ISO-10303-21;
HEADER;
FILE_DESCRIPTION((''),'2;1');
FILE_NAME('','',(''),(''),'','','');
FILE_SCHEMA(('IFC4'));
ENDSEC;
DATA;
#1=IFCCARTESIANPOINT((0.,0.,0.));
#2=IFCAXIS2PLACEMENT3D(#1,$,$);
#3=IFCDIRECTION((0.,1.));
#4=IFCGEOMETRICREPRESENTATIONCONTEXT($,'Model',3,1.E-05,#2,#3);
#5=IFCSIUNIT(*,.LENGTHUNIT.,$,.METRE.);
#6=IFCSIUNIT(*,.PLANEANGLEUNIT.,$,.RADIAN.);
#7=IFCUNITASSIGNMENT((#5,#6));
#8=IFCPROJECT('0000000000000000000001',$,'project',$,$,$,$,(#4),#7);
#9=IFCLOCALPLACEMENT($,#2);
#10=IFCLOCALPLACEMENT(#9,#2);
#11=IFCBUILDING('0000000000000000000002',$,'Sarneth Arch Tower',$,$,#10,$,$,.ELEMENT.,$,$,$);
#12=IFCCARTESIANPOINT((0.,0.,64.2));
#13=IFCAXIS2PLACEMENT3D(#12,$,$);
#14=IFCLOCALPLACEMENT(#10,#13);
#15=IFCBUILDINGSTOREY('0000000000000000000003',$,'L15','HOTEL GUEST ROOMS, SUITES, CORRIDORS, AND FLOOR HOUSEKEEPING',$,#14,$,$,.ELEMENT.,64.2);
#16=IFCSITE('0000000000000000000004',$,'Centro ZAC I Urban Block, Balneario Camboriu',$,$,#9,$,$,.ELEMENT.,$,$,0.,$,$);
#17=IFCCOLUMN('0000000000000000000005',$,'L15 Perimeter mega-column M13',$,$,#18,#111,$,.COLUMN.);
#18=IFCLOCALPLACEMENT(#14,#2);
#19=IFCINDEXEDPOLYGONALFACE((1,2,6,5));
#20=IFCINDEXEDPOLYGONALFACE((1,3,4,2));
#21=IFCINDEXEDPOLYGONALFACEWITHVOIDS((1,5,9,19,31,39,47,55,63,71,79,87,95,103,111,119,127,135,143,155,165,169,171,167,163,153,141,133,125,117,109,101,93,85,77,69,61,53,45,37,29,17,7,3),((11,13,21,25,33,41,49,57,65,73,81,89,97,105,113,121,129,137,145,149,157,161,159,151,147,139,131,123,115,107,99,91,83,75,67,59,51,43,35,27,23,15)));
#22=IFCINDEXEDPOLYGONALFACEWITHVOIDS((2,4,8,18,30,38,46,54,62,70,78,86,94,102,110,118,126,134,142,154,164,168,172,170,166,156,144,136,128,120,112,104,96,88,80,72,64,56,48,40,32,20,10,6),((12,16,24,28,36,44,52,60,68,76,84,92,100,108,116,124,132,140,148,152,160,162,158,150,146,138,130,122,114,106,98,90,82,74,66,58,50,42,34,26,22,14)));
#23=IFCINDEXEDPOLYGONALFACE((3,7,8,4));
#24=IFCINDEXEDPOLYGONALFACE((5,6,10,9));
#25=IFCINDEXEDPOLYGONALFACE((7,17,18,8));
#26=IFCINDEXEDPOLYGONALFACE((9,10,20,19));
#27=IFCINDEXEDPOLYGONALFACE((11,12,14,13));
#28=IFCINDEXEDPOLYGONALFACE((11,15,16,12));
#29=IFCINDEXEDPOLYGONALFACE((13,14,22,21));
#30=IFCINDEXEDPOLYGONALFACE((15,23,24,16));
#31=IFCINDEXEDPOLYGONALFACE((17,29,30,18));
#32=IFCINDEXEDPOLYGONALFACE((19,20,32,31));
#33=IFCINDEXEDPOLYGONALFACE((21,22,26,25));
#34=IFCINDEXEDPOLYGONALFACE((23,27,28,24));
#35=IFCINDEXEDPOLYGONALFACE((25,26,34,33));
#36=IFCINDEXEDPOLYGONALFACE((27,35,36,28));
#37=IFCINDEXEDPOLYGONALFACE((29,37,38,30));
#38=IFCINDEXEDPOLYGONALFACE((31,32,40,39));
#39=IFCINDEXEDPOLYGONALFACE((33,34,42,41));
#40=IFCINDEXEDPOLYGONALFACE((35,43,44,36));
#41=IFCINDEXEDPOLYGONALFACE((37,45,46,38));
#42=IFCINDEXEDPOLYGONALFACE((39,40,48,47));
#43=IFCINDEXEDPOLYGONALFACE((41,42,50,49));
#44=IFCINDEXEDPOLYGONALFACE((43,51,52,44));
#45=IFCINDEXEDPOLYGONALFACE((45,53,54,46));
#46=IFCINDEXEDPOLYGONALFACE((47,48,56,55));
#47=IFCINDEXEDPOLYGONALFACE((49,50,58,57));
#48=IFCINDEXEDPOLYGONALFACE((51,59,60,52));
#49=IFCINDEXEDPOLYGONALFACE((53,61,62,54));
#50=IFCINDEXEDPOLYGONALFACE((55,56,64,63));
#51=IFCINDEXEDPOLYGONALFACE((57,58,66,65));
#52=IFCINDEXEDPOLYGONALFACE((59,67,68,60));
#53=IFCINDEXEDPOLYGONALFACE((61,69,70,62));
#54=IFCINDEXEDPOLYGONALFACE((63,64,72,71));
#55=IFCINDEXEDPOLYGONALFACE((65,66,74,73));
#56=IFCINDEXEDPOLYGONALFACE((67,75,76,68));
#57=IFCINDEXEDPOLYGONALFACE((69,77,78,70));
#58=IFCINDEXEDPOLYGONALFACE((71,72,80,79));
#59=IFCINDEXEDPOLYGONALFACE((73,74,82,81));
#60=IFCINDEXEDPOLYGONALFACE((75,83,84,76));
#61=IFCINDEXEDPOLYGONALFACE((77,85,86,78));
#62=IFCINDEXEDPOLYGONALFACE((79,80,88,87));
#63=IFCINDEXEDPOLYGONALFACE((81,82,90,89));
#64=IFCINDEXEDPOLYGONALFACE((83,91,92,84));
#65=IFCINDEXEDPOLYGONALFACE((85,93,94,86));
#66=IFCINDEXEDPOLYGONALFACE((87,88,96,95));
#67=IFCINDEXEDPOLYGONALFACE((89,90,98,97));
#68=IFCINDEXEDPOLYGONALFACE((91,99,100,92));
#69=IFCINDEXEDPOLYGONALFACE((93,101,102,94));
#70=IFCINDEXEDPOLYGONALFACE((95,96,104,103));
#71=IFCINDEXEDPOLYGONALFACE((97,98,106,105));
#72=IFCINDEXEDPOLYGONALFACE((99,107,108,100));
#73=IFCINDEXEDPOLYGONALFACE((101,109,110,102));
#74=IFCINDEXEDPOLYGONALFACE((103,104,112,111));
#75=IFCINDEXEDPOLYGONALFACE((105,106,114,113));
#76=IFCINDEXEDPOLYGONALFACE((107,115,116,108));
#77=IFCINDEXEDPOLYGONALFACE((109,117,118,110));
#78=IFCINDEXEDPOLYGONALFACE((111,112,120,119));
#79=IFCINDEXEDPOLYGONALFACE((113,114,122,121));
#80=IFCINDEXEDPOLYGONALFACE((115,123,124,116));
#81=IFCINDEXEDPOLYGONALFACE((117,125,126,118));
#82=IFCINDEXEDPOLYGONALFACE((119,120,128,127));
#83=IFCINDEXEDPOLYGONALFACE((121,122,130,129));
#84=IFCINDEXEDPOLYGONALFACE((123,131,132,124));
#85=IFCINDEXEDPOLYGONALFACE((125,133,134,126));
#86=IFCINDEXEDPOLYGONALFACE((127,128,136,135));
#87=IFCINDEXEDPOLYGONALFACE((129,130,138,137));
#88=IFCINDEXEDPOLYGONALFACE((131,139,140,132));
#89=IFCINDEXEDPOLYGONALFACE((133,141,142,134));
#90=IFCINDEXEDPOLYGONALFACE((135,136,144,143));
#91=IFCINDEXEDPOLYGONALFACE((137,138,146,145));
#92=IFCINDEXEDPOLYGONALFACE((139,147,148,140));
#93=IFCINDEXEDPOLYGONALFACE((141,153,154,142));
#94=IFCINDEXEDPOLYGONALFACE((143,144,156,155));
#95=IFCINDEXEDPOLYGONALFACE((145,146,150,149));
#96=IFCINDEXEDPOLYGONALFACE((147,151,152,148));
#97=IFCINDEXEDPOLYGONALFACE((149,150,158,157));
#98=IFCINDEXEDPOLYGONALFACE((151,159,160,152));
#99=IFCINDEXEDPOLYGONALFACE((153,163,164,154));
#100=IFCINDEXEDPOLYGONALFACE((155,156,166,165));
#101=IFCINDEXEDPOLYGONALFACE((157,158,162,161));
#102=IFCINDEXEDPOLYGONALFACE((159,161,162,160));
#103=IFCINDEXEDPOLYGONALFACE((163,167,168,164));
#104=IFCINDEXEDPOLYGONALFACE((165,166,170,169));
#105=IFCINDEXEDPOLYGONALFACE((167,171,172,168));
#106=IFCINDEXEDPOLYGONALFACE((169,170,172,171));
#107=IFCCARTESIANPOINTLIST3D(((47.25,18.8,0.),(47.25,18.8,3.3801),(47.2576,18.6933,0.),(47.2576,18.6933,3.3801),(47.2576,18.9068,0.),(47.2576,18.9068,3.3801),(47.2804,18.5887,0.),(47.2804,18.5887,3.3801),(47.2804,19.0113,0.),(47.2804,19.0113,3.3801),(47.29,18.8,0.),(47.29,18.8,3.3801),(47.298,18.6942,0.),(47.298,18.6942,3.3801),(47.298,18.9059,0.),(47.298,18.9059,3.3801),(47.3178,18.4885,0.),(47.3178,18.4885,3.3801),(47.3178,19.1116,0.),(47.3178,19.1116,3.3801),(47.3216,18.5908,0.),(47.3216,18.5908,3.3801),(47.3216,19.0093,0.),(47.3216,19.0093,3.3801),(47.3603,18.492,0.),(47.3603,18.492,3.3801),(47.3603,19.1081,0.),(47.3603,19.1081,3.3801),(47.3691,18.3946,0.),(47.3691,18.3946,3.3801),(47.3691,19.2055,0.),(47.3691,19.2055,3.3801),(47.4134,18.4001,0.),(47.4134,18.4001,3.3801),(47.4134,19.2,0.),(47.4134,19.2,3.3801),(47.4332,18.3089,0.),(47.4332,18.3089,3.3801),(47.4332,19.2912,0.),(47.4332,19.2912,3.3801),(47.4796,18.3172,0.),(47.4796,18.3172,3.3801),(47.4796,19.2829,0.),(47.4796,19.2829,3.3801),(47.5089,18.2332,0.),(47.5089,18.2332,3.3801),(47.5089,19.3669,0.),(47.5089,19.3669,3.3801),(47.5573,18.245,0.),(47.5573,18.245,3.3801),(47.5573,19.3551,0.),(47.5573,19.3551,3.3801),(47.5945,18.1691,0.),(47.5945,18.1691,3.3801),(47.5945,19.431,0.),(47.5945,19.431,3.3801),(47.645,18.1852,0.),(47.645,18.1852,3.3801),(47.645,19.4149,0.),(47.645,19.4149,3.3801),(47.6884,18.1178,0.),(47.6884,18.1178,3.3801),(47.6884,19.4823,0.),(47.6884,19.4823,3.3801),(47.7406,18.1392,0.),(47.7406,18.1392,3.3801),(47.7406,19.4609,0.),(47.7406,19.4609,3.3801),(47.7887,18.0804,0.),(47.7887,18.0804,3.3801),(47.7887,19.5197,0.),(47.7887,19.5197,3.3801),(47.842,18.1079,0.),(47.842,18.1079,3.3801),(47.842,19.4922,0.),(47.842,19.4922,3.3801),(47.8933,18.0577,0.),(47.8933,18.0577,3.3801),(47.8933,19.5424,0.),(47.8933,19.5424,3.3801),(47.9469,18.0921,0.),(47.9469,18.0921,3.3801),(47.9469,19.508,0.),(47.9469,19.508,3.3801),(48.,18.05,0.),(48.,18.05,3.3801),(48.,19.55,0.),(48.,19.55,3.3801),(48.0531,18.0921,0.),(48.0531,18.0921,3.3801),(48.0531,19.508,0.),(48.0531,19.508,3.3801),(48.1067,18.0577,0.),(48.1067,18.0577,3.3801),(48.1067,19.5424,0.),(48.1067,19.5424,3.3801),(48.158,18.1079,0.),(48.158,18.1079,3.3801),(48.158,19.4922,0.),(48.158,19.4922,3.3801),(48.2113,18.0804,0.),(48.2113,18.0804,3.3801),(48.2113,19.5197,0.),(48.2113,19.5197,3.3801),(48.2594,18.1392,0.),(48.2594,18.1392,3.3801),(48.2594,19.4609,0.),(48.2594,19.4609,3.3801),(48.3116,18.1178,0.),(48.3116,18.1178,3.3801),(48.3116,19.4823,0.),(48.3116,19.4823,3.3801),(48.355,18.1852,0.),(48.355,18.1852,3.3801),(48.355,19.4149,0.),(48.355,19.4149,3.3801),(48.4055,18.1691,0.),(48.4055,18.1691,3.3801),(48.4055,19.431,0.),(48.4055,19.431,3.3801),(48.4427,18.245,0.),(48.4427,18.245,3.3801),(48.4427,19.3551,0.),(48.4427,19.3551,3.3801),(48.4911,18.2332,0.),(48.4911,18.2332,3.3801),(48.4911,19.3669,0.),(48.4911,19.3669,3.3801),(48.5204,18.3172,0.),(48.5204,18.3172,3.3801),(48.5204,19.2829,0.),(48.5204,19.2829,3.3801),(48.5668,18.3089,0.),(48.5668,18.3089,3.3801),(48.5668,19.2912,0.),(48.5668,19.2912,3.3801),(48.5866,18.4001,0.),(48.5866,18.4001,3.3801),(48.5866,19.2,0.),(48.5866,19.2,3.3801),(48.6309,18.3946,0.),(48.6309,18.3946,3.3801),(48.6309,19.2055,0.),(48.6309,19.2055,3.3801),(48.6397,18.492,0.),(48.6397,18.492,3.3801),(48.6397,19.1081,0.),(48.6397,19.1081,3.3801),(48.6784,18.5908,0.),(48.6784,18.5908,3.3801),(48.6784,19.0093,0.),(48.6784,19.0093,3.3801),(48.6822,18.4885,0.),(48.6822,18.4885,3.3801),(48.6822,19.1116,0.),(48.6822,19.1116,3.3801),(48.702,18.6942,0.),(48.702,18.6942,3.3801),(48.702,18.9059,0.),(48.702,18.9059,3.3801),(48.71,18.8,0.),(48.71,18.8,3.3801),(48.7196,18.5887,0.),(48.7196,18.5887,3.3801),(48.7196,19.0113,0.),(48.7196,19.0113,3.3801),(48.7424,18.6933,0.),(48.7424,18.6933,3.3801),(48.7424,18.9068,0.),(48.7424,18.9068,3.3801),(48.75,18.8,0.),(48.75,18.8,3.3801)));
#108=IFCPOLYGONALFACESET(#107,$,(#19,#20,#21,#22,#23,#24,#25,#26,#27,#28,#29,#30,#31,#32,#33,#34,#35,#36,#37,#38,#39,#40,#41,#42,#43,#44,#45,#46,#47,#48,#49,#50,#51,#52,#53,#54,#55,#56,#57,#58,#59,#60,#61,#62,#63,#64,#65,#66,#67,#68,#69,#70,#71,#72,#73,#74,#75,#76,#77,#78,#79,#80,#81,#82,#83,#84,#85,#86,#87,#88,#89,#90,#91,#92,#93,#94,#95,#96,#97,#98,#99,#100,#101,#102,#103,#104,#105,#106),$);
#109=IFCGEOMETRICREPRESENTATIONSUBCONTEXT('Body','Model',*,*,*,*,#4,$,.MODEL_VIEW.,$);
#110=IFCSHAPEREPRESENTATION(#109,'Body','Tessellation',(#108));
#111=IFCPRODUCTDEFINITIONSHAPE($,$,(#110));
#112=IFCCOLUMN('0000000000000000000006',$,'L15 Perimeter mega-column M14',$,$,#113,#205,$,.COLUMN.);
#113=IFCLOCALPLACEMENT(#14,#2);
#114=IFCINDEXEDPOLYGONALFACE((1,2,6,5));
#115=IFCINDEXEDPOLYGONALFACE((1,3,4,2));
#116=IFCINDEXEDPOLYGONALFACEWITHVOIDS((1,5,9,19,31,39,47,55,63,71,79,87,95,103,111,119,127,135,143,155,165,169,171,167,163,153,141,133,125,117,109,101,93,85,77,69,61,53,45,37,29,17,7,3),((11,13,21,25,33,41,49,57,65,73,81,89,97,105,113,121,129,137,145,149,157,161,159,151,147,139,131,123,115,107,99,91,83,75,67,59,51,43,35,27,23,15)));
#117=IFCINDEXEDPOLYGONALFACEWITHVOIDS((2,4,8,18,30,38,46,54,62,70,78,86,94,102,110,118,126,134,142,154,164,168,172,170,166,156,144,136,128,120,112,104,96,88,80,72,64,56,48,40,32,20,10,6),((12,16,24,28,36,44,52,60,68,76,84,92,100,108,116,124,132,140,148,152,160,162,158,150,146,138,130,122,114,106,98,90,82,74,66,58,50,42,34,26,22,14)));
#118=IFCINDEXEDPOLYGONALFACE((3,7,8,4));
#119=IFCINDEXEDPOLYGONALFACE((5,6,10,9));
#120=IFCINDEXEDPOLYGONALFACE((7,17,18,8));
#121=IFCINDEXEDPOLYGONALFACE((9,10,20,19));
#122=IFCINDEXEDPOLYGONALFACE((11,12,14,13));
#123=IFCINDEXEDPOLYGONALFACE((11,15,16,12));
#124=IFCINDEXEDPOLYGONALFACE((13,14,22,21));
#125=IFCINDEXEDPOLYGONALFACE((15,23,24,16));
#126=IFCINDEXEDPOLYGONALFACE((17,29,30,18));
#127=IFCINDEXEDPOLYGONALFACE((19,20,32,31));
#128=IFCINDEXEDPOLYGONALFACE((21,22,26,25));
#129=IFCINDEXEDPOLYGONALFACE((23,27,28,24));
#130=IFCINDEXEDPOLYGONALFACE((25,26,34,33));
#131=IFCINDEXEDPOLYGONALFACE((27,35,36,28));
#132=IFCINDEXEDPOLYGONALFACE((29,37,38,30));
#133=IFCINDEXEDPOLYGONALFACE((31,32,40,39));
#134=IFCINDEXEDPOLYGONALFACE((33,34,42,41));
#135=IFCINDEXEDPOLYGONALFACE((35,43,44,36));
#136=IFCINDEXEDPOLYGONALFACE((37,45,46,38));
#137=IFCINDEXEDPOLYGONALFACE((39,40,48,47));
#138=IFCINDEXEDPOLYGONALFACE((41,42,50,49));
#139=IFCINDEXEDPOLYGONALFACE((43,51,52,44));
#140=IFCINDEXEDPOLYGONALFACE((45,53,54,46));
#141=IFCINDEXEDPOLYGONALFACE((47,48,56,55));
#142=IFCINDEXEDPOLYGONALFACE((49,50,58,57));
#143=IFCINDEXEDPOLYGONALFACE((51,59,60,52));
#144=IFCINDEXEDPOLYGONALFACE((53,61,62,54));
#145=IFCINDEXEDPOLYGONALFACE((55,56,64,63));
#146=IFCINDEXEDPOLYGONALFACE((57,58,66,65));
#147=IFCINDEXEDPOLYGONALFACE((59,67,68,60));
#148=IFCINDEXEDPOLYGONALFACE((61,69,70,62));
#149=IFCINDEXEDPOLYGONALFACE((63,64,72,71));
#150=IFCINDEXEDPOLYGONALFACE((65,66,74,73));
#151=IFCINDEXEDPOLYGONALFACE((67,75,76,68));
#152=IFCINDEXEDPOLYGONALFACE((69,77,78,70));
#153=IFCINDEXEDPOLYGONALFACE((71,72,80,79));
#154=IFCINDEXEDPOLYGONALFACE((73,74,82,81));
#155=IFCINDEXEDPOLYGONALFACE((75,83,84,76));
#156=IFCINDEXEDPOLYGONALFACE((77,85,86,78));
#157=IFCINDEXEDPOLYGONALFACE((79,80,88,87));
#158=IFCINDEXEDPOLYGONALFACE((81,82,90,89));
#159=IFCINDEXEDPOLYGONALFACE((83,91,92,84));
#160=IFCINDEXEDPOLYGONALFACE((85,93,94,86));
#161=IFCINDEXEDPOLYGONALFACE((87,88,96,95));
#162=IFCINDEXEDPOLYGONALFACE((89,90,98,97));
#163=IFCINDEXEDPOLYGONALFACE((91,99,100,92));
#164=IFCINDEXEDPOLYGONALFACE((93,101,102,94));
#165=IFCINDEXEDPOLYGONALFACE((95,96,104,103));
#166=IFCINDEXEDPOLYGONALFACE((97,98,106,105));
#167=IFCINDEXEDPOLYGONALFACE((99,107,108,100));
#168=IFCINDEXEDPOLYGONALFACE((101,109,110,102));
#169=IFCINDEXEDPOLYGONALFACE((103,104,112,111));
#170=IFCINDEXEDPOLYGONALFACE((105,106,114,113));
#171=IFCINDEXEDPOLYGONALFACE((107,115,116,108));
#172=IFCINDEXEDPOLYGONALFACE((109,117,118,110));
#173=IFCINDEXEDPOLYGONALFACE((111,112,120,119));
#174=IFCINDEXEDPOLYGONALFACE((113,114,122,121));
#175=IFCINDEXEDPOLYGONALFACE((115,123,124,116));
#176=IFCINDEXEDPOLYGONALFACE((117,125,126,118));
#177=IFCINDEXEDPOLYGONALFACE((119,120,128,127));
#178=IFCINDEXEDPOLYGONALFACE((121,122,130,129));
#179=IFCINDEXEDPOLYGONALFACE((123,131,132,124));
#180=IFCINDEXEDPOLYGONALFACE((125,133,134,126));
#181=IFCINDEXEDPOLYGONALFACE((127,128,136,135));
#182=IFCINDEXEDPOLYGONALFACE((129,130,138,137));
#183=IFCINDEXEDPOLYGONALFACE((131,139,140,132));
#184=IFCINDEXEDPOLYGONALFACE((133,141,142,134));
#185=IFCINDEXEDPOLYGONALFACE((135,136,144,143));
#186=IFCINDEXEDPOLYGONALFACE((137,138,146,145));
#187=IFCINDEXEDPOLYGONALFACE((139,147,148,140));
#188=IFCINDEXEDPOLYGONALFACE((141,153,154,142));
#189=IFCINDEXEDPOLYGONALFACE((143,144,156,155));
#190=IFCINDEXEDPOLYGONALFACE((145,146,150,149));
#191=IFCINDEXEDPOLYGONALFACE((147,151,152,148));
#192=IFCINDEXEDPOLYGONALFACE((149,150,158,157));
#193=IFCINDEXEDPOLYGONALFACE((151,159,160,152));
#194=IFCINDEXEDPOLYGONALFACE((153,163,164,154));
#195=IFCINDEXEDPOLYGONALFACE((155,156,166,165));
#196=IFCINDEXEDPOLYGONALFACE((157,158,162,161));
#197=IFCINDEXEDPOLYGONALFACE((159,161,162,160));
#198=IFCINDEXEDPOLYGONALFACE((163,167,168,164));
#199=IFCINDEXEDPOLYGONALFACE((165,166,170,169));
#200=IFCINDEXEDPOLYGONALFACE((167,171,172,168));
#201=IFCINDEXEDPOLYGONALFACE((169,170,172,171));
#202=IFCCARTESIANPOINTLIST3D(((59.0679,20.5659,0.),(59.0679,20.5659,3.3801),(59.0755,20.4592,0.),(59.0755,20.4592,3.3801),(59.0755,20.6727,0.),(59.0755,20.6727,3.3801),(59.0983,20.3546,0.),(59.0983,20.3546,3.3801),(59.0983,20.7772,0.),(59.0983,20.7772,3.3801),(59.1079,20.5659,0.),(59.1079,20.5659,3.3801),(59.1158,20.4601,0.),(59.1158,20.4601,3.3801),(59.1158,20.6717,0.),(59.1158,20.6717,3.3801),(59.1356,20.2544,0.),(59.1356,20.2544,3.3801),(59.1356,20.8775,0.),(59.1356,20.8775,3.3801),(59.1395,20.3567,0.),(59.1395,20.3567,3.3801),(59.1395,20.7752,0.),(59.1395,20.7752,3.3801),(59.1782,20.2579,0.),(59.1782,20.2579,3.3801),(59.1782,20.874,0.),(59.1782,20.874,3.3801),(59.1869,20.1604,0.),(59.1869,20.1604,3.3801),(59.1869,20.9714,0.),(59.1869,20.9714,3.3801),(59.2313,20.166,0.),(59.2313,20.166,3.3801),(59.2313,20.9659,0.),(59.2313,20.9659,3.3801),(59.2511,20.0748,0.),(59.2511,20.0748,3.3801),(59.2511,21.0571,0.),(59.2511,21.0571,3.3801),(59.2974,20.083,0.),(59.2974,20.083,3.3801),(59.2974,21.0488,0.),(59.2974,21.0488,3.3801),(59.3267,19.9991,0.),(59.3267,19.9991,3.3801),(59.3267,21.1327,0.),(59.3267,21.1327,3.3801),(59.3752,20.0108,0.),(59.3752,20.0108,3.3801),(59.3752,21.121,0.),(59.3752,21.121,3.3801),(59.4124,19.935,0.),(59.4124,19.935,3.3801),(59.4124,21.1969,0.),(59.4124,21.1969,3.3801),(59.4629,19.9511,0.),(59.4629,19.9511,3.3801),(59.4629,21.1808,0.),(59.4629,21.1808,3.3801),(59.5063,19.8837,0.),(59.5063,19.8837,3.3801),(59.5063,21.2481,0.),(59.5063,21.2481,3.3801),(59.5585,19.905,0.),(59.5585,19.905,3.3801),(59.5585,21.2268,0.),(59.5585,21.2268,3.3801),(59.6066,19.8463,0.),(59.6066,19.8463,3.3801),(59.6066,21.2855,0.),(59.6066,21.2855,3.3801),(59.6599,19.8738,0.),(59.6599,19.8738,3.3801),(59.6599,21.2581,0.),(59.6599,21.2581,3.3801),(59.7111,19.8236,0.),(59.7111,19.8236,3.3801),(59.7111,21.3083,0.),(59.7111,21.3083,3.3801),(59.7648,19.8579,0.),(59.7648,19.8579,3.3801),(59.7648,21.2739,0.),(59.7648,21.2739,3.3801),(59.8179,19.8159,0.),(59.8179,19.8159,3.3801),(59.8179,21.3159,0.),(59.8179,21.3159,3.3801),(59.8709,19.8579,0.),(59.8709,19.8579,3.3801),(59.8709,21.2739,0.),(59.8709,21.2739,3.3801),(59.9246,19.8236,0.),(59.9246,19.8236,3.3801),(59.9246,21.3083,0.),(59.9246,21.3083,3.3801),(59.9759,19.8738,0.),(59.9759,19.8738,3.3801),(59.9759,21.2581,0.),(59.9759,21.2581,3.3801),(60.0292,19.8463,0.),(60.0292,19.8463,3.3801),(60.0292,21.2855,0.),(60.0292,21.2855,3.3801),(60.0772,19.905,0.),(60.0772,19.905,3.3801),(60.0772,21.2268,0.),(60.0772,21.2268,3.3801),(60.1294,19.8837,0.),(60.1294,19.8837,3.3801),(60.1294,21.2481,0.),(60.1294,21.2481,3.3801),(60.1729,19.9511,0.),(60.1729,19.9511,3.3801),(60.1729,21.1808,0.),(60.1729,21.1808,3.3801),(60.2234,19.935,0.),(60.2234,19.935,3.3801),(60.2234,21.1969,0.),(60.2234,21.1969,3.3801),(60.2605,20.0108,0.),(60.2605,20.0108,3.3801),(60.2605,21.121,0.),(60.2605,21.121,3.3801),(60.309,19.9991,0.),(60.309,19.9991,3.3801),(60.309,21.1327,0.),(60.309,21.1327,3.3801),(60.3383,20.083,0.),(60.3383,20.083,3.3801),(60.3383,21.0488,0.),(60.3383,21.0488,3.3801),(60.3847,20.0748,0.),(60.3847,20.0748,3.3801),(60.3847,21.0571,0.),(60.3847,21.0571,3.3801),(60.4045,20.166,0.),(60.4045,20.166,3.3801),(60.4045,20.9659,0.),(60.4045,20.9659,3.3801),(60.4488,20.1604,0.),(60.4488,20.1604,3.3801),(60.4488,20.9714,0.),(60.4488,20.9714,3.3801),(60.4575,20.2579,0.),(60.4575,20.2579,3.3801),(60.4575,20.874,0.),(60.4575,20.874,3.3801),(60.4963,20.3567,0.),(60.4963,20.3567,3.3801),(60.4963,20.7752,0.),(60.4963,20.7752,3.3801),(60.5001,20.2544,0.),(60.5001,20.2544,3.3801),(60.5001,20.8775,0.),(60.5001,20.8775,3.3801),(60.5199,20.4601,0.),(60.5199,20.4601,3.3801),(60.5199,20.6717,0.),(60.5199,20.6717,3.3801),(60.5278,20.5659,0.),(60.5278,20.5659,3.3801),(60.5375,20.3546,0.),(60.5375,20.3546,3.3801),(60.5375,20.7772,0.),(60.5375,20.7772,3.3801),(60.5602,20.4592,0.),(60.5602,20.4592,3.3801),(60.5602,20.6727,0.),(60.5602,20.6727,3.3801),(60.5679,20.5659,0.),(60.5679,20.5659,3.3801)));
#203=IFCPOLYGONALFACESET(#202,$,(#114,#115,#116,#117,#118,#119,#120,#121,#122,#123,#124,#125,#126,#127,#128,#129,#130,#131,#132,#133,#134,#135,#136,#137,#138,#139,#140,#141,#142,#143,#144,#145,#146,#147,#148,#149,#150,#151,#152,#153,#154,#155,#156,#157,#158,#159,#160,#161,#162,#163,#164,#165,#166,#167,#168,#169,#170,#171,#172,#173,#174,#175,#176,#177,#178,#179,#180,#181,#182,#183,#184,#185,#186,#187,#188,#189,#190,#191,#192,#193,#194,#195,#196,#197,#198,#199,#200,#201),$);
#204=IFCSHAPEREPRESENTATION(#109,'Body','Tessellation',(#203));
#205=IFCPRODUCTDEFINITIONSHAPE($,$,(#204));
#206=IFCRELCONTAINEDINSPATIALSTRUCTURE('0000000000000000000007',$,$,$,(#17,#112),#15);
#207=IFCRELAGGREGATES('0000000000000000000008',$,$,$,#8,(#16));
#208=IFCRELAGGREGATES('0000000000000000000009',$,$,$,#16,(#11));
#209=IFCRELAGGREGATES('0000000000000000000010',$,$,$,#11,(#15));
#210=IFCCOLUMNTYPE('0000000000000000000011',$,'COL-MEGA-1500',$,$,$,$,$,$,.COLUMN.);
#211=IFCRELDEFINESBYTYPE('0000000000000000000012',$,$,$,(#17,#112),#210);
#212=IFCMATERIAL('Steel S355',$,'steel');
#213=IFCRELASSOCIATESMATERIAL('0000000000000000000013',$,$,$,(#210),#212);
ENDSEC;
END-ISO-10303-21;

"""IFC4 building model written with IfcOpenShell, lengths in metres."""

from ifc_helpers import new_model, si_unit, direction, frame, origin, origin_2d, place, context, subcontext, project, spatial, hollow_circle, extrude, material, material_profile, profile_set, type_object, element, save


model = new_model("IFC4")

# Units and contexts
model_context = context("Model", 3, precision=1e-05, world=origin(), true_north=direction((0.0, 1.0)))
body_context = subcontext(model_context, "Body", "Model", "MODEL_VIEW")
ifc_project = project(units=[si_unit("LENGTHUNIT", "METRE"), si_unit("PLANEANGLEUNIT", "RADIAN")], contexts=[model_context])

# Site, building, storey
site_placement = place(None, origin())
site = spatial("IfcSite", under=ifc_project, at=site_placement, Name="Centro ZAC I Urban Block, Balneario Camboriu", CompositionType="ELEMENT", RefElevation=0.0)
building_placement = place(site_placement, origin())
building = spatial("IfcBuilding", under=site, at=building_placement, Name="Sarneth Arch Tower", CompositionType="ELEMENT")
storey_placement = place(building_placement, frame((0.0, 0.0, 64.2)))
storey = spatial("IfcBuildingStorey", under=building, at=storey_placement, Name="L15", Description="HOTEL GUEST ROOMS, SUITES, CORRIDORS, AND FLOOR HOUSEKEEPING", CompositionType="ELEMENT", Elevation=64.2)

# Columns
ifc_material_1 = material(Name="Steel S355", Category="steel")
ifc_material_profile_1 = material_profile(ifc_material_1, hollow_circle(Radius=0.75, WallThickness=0.04, at=origin_2d()), Name="CHS1500x40")
ifc_profile_set_1 = profile_set([ifc_material_profile_1], Name="Steel S355")
column_type = type_object("IfcColumnType", Name="COL-MEGA-1500", PredefinedType="COLUMN", material=ifc_profile_set_1)
for number, where, z_axis, x_axis, name in (
    (1, (48.0, 18.8, 0.0), (0.0, 0.0, 1.0), (1.0, 0.0, 0.0), "L15 Perimeter mega-column M13"),
    (2, (59.8179, 20.5659, 0.0), (0.0, 0.0, 1.0), (1.0, 0.0, 0.0), "L15 Perimeter mega-column M14"),
):
    element("IfcColumn", number, at=place(storey_placement, frame(where, z_axis=z_axis, x_axis=x_axis)), inside=storey, type_object=column_type, Name=name, PredefinedType="COLUMN", context=body_context, shape_type="SweptSolid", body=[
        extrude(hollow_circle(Radius=0.75, WallThickness=0.04, at=origin_2d()), origin(), (0.0, 0.0, 1.0), 3.3801),
    ])

save(model, "model.ifc")
